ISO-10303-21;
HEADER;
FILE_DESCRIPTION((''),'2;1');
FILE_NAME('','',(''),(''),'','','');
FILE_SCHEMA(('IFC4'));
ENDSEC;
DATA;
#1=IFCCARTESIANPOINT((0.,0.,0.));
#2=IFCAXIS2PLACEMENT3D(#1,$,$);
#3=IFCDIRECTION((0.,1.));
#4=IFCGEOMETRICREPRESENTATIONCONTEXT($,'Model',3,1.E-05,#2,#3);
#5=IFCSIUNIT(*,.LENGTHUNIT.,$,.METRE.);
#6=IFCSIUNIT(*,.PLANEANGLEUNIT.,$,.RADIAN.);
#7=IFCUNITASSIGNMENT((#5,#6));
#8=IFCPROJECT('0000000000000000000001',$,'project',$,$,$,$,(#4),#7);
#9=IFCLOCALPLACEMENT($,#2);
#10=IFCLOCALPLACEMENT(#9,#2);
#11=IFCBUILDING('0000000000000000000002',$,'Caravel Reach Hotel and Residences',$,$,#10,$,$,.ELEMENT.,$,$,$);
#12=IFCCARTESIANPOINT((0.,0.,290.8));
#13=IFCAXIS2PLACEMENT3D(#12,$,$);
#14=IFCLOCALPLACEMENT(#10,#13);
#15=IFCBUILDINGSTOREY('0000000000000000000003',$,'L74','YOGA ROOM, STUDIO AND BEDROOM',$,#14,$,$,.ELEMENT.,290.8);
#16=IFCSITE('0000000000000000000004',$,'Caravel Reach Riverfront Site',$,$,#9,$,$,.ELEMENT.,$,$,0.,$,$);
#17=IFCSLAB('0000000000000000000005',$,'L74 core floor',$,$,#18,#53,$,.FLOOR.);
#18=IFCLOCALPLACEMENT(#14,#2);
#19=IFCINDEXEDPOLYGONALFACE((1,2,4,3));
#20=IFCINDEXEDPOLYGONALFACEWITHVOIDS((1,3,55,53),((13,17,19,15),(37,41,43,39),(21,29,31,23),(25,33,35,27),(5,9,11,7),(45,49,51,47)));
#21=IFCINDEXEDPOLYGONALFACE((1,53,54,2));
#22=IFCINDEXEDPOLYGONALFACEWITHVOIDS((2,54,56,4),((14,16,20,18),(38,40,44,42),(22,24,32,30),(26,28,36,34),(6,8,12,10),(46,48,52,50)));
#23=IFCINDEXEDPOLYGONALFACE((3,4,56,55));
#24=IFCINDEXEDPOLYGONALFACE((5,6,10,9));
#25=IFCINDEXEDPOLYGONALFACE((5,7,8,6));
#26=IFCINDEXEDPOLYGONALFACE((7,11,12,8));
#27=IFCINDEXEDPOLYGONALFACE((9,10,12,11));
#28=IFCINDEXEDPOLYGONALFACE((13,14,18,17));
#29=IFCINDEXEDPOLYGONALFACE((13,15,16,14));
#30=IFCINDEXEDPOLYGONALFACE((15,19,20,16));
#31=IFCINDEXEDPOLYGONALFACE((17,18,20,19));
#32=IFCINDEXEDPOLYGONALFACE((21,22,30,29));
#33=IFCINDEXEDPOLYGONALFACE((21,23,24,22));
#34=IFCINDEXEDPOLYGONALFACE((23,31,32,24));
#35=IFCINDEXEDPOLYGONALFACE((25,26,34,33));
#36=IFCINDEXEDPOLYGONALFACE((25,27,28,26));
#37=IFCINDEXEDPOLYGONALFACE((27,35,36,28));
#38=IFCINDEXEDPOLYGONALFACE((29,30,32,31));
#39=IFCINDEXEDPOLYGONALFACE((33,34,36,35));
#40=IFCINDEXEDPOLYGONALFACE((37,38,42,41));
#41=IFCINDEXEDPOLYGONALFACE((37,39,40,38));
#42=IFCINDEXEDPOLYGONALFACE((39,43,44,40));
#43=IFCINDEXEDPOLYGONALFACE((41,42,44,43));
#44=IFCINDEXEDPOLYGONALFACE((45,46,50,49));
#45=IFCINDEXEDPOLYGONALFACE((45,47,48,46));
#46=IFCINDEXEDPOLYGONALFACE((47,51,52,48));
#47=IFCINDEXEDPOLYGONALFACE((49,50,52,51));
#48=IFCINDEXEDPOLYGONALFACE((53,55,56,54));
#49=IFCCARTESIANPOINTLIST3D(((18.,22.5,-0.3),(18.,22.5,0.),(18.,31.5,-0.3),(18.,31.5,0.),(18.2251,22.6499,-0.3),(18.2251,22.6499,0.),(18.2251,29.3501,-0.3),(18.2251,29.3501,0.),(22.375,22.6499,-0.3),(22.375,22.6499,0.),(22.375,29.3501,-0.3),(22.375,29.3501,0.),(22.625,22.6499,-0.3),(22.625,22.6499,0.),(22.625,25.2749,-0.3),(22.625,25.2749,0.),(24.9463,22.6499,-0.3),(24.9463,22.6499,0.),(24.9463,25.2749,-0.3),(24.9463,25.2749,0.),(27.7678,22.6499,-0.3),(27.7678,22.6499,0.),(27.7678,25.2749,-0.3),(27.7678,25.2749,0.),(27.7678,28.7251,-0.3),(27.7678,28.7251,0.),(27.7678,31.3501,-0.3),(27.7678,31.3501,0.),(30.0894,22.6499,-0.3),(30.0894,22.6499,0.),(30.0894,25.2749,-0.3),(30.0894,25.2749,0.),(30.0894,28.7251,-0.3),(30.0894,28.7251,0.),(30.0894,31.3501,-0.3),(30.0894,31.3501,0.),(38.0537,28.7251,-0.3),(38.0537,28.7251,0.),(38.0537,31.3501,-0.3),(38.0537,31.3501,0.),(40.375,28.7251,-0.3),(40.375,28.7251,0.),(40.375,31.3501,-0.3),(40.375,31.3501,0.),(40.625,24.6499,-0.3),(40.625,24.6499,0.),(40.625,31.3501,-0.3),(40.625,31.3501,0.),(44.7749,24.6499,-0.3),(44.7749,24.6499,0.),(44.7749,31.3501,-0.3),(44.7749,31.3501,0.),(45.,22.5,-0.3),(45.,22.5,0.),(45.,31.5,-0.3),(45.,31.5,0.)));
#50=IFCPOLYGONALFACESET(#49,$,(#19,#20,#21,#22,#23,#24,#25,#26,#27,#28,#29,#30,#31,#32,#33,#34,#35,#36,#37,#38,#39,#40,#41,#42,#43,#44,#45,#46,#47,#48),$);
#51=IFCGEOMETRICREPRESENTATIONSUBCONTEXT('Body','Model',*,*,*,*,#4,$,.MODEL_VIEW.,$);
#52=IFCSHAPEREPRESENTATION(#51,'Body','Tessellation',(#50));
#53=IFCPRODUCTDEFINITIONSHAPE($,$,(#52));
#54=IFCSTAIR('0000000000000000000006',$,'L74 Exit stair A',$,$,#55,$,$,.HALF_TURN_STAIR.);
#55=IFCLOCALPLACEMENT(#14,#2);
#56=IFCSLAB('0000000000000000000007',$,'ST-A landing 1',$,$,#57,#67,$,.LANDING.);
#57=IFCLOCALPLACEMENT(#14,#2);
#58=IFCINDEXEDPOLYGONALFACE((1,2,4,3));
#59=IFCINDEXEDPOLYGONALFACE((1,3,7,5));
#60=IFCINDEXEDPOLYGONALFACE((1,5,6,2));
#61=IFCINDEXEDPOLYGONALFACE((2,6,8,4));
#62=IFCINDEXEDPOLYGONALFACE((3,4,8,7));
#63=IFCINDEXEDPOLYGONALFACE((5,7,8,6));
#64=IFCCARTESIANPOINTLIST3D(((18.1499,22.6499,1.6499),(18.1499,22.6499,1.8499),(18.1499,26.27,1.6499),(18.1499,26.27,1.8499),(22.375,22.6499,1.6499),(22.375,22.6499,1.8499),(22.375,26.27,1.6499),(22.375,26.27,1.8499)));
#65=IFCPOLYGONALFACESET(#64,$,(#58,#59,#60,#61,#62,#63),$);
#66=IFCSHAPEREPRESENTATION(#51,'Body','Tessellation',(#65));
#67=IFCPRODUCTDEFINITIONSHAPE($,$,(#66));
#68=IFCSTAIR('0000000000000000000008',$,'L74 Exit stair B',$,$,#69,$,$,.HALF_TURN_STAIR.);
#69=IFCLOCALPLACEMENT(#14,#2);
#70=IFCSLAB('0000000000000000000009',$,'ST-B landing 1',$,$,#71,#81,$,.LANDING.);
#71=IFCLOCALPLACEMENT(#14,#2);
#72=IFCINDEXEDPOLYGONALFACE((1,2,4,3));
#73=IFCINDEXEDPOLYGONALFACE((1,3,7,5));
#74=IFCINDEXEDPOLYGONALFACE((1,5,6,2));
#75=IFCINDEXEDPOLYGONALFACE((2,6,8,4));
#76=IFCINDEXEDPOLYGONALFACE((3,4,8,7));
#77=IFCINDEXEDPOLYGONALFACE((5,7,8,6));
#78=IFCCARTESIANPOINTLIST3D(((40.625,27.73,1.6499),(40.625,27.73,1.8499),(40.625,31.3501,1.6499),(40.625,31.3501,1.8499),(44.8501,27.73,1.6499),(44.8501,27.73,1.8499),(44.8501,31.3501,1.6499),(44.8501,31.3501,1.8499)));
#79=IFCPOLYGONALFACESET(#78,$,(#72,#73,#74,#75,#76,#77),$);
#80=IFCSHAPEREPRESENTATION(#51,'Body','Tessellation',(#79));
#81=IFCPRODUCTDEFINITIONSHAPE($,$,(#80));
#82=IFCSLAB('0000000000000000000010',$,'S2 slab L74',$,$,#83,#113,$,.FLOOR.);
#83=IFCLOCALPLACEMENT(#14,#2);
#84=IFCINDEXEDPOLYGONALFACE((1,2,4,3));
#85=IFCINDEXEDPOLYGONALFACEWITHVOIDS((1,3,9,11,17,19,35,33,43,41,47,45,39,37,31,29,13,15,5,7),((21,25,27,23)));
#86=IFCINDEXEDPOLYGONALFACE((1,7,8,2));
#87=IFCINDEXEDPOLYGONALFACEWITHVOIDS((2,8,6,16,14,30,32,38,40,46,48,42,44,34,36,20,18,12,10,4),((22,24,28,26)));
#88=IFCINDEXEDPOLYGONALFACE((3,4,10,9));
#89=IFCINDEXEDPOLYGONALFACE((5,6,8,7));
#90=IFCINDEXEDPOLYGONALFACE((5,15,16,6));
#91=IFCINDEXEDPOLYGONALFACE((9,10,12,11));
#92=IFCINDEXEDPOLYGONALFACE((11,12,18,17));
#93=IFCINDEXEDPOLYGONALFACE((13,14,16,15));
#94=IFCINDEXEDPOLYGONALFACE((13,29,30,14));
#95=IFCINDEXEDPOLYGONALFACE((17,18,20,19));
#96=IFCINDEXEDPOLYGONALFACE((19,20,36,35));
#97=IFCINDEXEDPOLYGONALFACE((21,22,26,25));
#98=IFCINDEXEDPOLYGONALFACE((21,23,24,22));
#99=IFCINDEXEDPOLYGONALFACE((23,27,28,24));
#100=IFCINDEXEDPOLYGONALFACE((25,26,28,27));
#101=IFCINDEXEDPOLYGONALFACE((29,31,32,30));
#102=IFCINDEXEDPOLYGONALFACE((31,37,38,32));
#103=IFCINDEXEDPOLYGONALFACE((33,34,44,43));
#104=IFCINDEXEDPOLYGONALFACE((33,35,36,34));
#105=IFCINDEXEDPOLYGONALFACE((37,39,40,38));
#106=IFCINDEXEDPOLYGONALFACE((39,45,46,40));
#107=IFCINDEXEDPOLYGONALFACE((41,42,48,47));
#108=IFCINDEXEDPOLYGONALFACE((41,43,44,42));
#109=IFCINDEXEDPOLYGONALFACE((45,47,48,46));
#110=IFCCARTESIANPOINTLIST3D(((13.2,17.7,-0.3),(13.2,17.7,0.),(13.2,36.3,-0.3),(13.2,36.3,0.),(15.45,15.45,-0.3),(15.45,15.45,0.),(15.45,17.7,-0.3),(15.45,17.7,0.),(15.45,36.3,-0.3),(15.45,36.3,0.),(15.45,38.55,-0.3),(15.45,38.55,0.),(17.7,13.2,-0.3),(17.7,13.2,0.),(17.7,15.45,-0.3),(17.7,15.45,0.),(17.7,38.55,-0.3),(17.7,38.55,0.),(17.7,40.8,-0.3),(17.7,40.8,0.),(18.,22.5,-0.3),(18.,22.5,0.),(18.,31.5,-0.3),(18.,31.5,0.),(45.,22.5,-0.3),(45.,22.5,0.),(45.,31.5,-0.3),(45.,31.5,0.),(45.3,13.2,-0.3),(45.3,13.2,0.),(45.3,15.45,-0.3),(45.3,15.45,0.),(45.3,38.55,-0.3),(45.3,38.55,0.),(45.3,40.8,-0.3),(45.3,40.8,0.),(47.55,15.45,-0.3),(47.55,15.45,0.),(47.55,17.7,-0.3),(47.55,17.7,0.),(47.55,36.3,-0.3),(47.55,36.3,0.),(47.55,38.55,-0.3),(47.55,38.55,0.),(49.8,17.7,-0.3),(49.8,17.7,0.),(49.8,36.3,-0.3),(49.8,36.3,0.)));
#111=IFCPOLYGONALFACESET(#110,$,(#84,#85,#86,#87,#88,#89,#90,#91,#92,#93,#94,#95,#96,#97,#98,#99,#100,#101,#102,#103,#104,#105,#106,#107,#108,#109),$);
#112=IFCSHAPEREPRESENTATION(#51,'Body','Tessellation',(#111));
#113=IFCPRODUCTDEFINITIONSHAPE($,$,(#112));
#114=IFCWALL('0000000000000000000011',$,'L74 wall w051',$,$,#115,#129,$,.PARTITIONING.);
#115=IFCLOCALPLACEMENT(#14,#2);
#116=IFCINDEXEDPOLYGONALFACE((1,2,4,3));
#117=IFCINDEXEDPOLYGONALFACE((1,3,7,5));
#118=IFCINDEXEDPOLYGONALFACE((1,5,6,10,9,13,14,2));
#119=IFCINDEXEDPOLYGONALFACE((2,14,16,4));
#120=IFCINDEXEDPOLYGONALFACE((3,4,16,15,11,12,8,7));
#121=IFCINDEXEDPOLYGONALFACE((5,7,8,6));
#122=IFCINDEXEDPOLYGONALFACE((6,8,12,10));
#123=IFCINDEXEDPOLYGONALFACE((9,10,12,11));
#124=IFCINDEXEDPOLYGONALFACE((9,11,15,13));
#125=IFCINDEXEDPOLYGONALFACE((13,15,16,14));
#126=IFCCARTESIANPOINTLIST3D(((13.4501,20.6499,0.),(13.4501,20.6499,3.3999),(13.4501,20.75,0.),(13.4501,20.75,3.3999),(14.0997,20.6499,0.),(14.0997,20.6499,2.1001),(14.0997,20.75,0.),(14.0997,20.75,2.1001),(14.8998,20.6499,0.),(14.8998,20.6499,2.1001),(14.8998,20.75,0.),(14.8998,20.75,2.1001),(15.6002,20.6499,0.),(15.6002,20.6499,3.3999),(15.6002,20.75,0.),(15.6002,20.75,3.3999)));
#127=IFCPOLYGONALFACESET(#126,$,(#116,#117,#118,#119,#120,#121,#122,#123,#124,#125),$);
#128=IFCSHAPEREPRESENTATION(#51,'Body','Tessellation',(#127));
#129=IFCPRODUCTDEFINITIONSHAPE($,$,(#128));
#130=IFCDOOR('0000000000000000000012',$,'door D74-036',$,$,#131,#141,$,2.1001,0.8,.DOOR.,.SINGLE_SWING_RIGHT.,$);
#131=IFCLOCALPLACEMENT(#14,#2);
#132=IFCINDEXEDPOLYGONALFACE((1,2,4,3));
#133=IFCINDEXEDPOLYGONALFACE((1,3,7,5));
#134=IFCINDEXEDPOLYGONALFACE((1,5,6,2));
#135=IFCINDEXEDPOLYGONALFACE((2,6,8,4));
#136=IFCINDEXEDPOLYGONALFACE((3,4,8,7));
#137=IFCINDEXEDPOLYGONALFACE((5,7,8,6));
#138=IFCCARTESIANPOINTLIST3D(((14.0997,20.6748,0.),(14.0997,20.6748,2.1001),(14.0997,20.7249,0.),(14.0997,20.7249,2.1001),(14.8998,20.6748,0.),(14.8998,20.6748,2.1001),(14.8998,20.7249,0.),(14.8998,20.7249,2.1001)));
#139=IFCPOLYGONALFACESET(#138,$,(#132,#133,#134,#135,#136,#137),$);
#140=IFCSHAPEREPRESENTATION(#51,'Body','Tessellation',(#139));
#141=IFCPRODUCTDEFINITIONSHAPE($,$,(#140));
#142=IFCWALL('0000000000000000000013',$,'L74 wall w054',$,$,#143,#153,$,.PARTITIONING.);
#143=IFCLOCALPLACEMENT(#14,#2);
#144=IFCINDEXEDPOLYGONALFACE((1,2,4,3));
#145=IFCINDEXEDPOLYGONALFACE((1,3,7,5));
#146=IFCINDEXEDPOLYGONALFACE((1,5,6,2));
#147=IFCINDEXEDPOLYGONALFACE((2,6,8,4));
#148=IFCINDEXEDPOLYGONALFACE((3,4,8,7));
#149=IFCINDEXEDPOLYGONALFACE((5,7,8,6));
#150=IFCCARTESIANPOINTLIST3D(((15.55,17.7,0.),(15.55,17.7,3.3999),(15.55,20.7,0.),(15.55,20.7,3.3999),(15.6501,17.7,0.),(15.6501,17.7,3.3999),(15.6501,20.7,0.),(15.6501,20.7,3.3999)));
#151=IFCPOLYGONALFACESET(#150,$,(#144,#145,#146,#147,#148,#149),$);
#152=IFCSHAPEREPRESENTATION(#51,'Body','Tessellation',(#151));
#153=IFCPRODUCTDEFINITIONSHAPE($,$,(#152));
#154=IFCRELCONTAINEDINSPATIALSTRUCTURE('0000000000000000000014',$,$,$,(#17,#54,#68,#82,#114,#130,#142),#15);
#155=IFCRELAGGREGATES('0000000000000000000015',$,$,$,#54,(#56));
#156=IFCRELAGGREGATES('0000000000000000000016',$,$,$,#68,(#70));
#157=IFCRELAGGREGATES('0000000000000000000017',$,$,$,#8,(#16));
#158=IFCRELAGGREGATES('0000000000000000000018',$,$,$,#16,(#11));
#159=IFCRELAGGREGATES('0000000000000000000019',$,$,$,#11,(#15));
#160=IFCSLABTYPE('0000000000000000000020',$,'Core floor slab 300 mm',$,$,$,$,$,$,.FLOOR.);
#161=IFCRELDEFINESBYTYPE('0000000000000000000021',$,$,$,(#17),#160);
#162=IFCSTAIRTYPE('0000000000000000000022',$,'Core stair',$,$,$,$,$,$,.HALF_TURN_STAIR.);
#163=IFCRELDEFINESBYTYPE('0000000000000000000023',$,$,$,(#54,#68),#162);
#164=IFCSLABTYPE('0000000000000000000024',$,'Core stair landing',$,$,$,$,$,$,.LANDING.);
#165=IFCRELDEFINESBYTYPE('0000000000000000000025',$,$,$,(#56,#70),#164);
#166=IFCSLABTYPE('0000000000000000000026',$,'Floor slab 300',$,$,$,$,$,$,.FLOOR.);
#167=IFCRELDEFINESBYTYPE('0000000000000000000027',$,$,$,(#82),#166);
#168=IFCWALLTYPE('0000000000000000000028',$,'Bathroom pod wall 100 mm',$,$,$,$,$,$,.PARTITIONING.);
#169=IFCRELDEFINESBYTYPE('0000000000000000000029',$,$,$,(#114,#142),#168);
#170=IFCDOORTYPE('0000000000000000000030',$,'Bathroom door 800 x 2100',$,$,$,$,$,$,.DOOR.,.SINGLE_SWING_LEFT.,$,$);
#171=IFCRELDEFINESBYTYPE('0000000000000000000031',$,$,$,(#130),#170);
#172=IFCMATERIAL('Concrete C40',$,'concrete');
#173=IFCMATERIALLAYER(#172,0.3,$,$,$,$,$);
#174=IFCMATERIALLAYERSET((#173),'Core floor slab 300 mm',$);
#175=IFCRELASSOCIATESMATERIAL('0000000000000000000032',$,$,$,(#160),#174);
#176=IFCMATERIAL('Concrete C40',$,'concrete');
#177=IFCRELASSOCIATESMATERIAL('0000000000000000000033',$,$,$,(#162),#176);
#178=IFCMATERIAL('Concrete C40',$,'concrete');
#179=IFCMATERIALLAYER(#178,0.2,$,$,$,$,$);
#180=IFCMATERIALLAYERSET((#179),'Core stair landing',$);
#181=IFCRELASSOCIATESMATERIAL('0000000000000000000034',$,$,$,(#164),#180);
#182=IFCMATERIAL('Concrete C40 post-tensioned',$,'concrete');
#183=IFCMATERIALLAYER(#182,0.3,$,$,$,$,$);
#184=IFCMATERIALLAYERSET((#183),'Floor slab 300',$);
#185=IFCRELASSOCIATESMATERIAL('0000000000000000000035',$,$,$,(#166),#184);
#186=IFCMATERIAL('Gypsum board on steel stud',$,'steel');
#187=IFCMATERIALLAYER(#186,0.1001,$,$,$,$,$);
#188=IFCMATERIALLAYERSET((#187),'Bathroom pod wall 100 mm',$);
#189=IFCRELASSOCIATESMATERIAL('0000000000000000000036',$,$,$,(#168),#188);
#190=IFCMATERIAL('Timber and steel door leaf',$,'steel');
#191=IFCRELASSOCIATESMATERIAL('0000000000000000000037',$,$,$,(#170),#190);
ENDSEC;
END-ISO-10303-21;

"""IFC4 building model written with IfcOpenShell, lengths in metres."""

from ifc_helpers import new_model, si_unit, direction, frame, frame_2d, origin, place, context, subcontext, project, spatial, polyline, rectangle, outline, extrude, material, layer, layer_set, type_object, element, fill, aggregate, save


model = new_model("IFC4")

# Units and contexts
model_context = context("Model", 3, precision=1e-05, world=origin(), true_north=direction((0.0, 1.0)))
body_context = subcontext(model_context, "Body", "Model", "MODEL_VIEW")
ifc_project = project(units=[si_unit("LENGTHUNIT", "METRE"), si_unit("PLANEANGLEUNIT", "RADIAN")], contexts=[model_context])

# Site, building, storey
site_placement = place(None, origin())
site = spatial("IfcSite", under=ifc_project, at=site_placement, Name="Caravel Reach Riverfront Site", CompositionType="ELEMENT", RefElevation=0.0)
building_placement = place(site_placement, origin())
building = spatial("IfcBuilding", under=site, at=building_placement, Name="Caravel Reach Hotel and Residences", CompositionType="ELEMENT")
storey_placement = place(building_placement, frame((0.0, 0.0, 290.8)))
storey = spatial("IfcBuildingStorey", under=building, at=storey_placement, Name="L74", Description="YOGA ROOM, STUDIO AND BEDROOM", CompositionType="ELEMENT", Elevation=290.8)

# Slab
ifc_material_1 = material(Name="Concrete C40", Category="concrete")
ifc_layer_1 = layer(ifc_material_1, 0.3)
ifc_layer_set_1 = layer_set([ifc_layer_1], Name="Core floor slab 300 mm")
slab_type_1 = type_object("IfcSlabType", Name="Core floor slab 300 mm", PredefinedType="FLOOR", material=ifc_layer_set_1)
slab_1_placement = place(storey_placement, frame((0.0, 0.0, -0.3)))
element("IfcSlab", 1, at=slab_1_placement, inside=storey, type_object=slab_type_1, Name="L74 core floor", PredefinedType="FLOOR", context=body_context, shape_type="SweptSolid", body=[
    extrude(outline(polyline([(18.0, 31.5), (45.0, 31.5), (45.0, 22.5), (18.0, 22.5), (18.0, 31.5)]), holes=[polyline([(22.625, 22.6499), (24.9463, 22.6499), (24.9463, 25.2749), (22.625, 25.2749), (22.625, 22.6499)]), polyline([(27.7678, 25.2749), (27.7678, 22.6499), (30.0894, 22.6499), (30.0894, 25.2749), (27.7678, 25.2749)]), polyline([(22.375, 22.6499), (22.375, 29.3501), (18.2251, 29.3501), (18.2251, 22.6499), (22.375, 22.6499)]), polyline([(40.625, 24.6499), (44.7749, 24.6499), (44.7749, 31.3501), (40.625, 31.3501), (40.625, 24.6499)]), polyline([(27.7678, 31.3501), (27.7678, 28.7251), (30.0894, 28.7251), (30.0894, 31.3501), (27.7678, 31.3501)]), polyline([(38.0537, 31.3501), (38.0537, 28.7251), (40.375, 28.7251), (40.375, 31.3501), (38.0537, 31.3501)])]), origin(), (0.0, 0.0, 1.0), 0.3),
])

# Stairs, slabs
ifc_material_2 = material(Name="Concrete C40", Category="concrete")
stair_type = type_object("IfcStairType", Name="Core stair", PredefinedType="HALF_TURN_STAIR", material=ifc_material_2)
stair_1_placement = place(storey_placement, origin())
stair_1 = element("IfcStair", 2, at=stair_1_placement, inside=storey, type_object=stair_type, Name="L74 Exit stair A", PredefinedType="HALF_TURN_STAIR")
ifc_material_3 = material(Name="Concrete C40", Category="concrete")
ifc_layer_2 = layer(ifc_material_3, 0.2)
ifc_layer_set_2 = layer_set([ifc_layer_2], Name="Core stair landing")
slab_type_2 = type_object("IfcSlabType", Name="Core stair landing", PredefinedType="LANDING", material=ifc_layer_set_2)
slab_2_placement = place(storey_placement, frame((0.0, 0.0, 1.6499)))
slab_2 = element("IfcSlab", 3, at=slab_2_placement, type_object=slab_type_2, Name="ST-A landing 1", PredefinedType="LANDING", context=body_context, shape_type="SweptSolid", body=[
    extrude(outline(polyline([(18.1499, 26.27), (18.1499, 22.6499), (22.375, 22.6499), (22.375, 26.27), (18.1499, 26.27)])), origin(), (0.0, 0.0, 1.0), 0.2),
])
aggregate(stair_1, [slab_2])
stair_2_placement = place(storey_placement, origin())
stair_2 = element("IfcStair", 4, at=stair_2_placement, inside=storey, type_object=stair_type, Name="L74 Exit stair B", PredefinedType="HALF_TURN_STAIR")
slab_3_placement = place(storey_placement, frame((0.0, 0.0, 1.6499)))
slab_3 = element("IfcSlab", 5, at=slab_3_placement, type_object=slab_type_2, Name="ST-B landing 1", PredefinedType="LANDING", context=body_context, shape_type="SweptSolid", body=[
    extrude(outline(polyline([(44.8501, 27.73), (44.8501, 31.3501), (40.625, 31.3501), (40.625, 27.73), (44.8501, 27.73)])), origin(), (0.0, 0.0, 1.0), 0.2),
])
aggregate(stair_2, [slab_3])

# Slab
ifc_material_4 = material(Name="Concrete C40 post-tensioned", Category="concrete")
ifc_layer_3 = layer(ifc_material_4, 0.3)
ifc_layer_set_3 = layer_set([ifc_layer_3], Name="Floor slab 300")
slab_type_3 = type_object("IfcSlabType", Name="Floor slab 300", PredefinedType="FLOOR", material=ifc_layer_set_3)
slab_4_placement = place(storey_placement, frame((0.0, 0.0, -0.3)))
element("IfcSlab", 6, at=slab_4_placement, inside=storey, type_object=slab_type_3, Name="S2 slab L74", PredefinedType="FLOOR", context=body_context, shape_type="SweptSolid", body=[
    extrude(outline(polyline([(17.7, 15.45), (15.45, 15.45), (15.45, 17.7), (13.2, 17.7), (13.2, 36.3), (15.45, 36.3), (15.45, 38.55), (17.7, 38.55), (17.7, 40.8), (45.3, 40.8), (45.3, 38.55), (47.55, 38.55), (47.55, 36.3), (49.8, 36.3), (49.8, 17.7), (47.55, 17.7), (47.55, 15.45), (45.3, 15.45), (45.3, 13.2), (17.7, 13.2), (17.7, 15.45)]), holes=[polyline([(45.0, 31.5), (18.0, 31.5), (18.0, 22.5), (45.0, 22.5), (45.0, 31.5)])]), origin(), (0.0, 0.0, 1.0), 0.3),
])

# Wall, opening, door
ifc_material_5 = material(Name="Gypsum board on steel stud", Category="steel")
ifc_layer_4 = layer(ifc_material_5, 0.1001)
ifc_layer_set_4 = layer_set([ifc_layer_4], Name="Bathroom pod wall 100 mm")
wall_type_1 = type_object("IfcWallType", Name="Bathroom pod wall 100 mm", PredefinedType="PARTITIONING", material=ifc_layer_set_4)
wall_1_placement = place(storey_placement, frame((13.45, 20.7, 0.0), z_axis=(0.0, 0.0, 1.0), x_axis=(1.0, 0.0, 0.0)))
wall_1 = element("IfcWall", 7, at=wall_1_placement, inside=storey, type_object=wall_type_1, Name="L74 wall w051", PredefinedType="PARTITIONING", context=body_context, shape_type="SweptSolid", body=[
    extrude(rectangle(XDim=2.1501, YDim=0.1001, at=frame_2d((1.0752, 0.0))), origin(), (0.0, 0.0, 1.0), 3.3999),
])
opening_1_placement = place(wall_1_placement, frame((0.6499, 0.0, 0.0)))
opening_1 = element("IfcOpeningElement", 8, at=opening_1_placement, cuts=wall_1, PredefinedType="OPENING", context=body_context, shape_type="SweptSolid", body=[
    extrude(rectangle(XDim=0.8, YDim=2.1001, at=frame_2d((0.3999, 1.05))), frame((0.0, 0.0601, 0.0), z_axis=(0.0, -1.0, 0.0), x_axis=(1.0, 0.0, 0.0)), (0.0, 0.0, 1.0), 0.1201),
])
ifc_material_6 = material(Name="Timber and steel door leaf", Category="steel")
door_type = type_object("IfcDoorType", Name="Bathroom door 800 x 2100", OperationType="SINGLE_SWING_LEFT", PredefinedType="DOOR", material=ifc_material_6)
door_placement = place(opening_1_placement, origin())
door = element("IfcDoor", 9, at=door_placement, inside=storey, type_object=door_type, Name="door D74-036", OperationType="SINGLE_SWING_RIGHT", OverallHeight=2.1001, OverallWidth=0.8, PredefinedType="DOOR", context=body_context, shape_type="SweptSolid", body=[
    extrude(rectangle(XDim=0.8, YDim=2.1001, at=frame_2d((0.3999, 1.05))), frame((0.0, 0.0249, 0.0), z_axis=(0.0, -1.0, 0.0), x_axis=(1.0, 0.0, 0.0)), (0.0, 0.0, 1.0), 0.05),
])
fill(opening_1, door)

# Wall
wall_2_placement = place(storey_placement, frame((15.6001, 17.7, 0.0), z_axis=(0.0, 0.0, 1.0), x_axis=(0.0, 1.0, 0.0)))
element("IfcWall", 10, at=wall_2_placement, inside=storey, type_object=wall_type_1, Name="L74 wall w054", PredefinedType="PARTITIONING", context=body_context, shape_type="SweptSolid", body=[
    extrude(rectangle(XDim=3.0, YDim=0.1001, at=frame_2d((1.5, 0.0))), origin(), (0.0, 0.0, 1.0), 3.3999),
])

save(model, "model.ifc")
